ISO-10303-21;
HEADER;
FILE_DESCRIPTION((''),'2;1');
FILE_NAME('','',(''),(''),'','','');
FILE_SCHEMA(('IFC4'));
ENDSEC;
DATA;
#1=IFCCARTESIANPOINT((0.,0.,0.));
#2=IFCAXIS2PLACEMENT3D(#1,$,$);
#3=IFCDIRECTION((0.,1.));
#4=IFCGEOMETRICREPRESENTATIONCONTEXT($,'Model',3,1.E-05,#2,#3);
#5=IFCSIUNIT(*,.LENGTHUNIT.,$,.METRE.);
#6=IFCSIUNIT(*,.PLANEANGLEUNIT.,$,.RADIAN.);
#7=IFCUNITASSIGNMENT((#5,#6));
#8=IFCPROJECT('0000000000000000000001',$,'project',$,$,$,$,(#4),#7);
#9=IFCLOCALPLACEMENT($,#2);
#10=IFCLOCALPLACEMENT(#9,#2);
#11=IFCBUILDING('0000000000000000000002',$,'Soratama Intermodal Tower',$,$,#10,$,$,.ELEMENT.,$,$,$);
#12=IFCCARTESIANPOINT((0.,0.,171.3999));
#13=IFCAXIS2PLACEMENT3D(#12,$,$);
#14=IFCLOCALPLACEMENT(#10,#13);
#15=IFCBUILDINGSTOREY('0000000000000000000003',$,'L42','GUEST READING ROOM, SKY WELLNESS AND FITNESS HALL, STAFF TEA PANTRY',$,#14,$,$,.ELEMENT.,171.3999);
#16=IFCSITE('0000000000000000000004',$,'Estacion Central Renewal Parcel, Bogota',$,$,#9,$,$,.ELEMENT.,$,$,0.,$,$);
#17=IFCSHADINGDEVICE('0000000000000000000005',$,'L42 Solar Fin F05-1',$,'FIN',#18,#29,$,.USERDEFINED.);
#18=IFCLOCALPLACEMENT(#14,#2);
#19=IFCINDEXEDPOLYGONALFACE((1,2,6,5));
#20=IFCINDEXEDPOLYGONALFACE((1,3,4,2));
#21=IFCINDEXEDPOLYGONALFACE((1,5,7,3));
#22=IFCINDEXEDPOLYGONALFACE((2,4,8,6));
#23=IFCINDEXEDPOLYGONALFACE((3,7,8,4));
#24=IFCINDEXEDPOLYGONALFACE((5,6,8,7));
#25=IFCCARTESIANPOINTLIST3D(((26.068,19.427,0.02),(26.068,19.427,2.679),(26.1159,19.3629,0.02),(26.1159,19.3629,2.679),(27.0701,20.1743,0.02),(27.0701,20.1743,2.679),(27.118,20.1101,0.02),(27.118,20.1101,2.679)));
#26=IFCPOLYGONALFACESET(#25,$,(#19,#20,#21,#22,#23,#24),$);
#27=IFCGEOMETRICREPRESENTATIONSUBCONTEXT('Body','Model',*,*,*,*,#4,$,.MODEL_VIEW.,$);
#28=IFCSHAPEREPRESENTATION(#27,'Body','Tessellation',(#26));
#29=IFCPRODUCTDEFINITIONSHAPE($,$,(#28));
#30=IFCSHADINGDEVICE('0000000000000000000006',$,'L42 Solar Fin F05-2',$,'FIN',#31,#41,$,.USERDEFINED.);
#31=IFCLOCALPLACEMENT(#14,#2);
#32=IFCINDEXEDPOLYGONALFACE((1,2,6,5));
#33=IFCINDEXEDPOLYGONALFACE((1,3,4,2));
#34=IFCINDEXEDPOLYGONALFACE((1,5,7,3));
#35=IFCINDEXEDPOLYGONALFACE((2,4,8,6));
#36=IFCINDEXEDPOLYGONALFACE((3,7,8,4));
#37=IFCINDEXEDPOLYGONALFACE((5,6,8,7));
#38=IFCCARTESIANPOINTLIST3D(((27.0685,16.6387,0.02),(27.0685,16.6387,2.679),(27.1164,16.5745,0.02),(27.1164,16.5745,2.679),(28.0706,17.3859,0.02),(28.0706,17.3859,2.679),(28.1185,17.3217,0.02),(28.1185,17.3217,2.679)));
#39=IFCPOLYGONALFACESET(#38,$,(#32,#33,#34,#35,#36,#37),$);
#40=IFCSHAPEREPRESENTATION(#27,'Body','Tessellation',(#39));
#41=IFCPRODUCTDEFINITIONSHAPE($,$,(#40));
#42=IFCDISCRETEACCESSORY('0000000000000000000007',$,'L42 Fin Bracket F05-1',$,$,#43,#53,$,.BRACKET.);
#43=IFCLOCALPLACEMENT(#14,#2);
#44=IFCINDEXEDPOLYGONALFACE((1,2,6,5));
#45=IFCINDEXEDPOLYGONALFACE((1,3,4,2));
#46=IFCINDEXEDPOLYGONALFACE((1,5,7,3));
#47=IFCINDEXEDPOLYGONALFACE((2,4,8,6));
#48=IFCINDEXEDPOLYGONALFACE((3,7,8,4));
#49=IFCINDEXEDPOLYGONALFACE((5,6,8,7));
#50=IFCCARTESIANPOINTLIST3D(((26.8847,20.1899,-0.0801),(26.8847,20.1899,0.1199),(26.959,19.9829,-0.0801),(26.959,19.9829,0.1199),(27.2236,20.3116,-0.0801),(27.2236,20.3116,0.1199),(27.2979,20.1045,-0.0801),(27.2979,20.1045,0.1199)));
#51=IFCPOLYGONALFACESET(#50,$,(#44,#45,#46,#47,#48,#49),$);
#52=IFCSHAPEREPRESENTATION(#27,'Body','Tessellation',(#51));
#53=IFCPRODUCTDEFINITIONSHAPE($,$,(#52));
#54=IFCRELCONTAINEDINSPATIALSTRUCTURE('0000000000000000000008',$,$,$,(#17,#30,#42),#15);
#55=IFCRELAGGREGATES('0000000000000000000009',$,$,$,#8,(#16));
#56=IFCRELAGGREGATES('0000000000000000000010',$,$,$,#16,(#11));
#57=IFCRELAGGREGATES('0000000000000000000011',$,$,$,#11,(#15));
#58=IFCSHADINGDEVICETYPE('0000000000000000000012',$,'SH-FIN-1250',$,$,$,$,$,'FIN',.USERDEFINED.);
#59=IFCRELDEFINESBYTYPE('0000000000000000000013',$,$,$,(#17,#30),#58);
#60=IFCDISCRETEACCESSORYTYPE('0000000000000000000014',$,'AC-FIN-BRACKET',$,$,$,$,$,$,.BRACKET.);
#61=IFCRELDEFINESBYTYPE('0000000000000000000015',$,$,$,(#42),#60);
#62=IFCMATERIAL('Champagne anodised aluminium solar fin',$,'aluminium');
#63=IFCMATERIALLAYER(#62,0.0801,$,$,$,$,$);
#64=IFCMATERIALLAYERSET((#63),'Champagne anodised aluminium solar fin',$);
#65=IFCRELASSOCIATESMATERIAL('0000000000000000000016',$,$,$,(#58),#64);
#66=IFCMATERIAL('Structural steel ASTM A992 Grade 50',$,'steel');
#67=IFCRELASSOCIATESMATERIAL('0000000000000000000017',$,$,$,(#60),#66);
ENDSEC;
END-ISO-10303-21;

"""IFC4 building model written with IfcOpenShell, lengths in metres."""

from ifc_helpers import new_model, si_unit, direction, frame, origin, origin_2d, place, context, subcontext, project, spatial, rectangle, extrude, material, layer, layer_set, type_object, element, save


model = new_model("IFC4")

# Units and contexts
model_context = context("Model", 3, precision=1e-05, world=origin(), true_north=direction((0.0, 1.0)))
body_context = subcontext(model_context, "Body", "Model", "MODEL_VIEW")
ifc_project = project(units=[si_unit("LENGTHUNIT", "METRE"), si_unit("PLANEANGLEUNIT", "RADIAN")], contexts=[model_context])

# Site, building, storey
site_placement = place(None, origin())
site = spatial("IfcSite", under=ifc_project, at=site_placement, Name="Estacion Central Renewal Parcel, Bogota", CompositionType="ELEMENT", RefElevation=0.0)
building_placement = place(site_placement, origin())
building = spatial("IfcBuilding", under=site, at=building_placement, Name="Soratama Intermodal Tower", CompositionType="ELEMENT")
storey_placement = place(building_placement, frame((0.0, 0.0, 171.3999)))
storey = spatial("IfcBuildingStorey", under=building, at=storey_placement, Name="L42", Description="GUEST READING ROOM, SKY WELLNESS AND FITNESS HALL, STAFF TEA PANTRY", CompositionType="ELEMENT", Elevation=171.3999)

# Shading devices
ifc_material_1 = material(Name="Champagne anodised aluminium solar fin", Category="aluminium")
ifc_layer_1 = layer(ifc_material_1, 0.0801)
ifc_layer_set_1 = layer_set([ifc_layer_1], Name="Champagne anodised aluminium solar fin")
shading_device_type = type_object("IfcShadingDeviceType", Name="SH-FIN-1250", ElementType="FIN", PredefinedType="USERDEFINED", material=ifc_layer_set_1)
for number, where, z_axis, x_axis, name in (
    (1, (26.593, 19.7686, 0.02), (0.0, 0.0, 1.0), (-0.801671, -0.597765, 0.0), "L42 Solar Fin F05-1"),
    (2, (27.5935, 16.9802, 0.02), (0.0, 0.0, 1.0), (-0.801671, -0.597765, 0.0), "L42 Solar Fin F05-2"),
):
    element("IfcShadingDevice", number, at=place(storey_placement, frame(where, z_axis=z_axis, x_axis=x_axis)), inside=storey, type_object=shading_device_type, Name=name, ObjectType="FIN", PredefinedType="USERDEFINED", context=body_context, shape_type="SweptSolid", body=[
        extrude(rectangle(XDim=1.25, YDim=0.0801, at=origin_2d()), origin(), (0.0, 0.0, 1.0), 2.6589),
    ])

# Discrete accessory
ifc_material_2 = material(Name="Structural steel ASTM A992 Grade 50", Category="steel")
discrete_accessory_type = type_object("IfcDiscreteAccessoryType", Name="AC-FIN-BRACKET", PredefinedType="BRACKET", material=ifc_material_2)
discrete_accessory_placement = place(storey_placement, frame((27.0913, 20.1472, -0.0801), z_axis=(0.0, 0.0, 1.0), x_axis=(-0.941235, -0.337752, 0.0)))
element("IfcDiscreteAccessory", 3, at=discrete_accessory_placement, inside=storey, type_object=discrete_accessory_type, Name="L42 Fin Bracket F05-1", PredefinedType="BRACKET", context=body_context, shape_type="SweptSolid", body=[
    extrude(rectangle(XDim=0.3601, YDim=0.22, at=origin_2d()), origin(), (0.0, 0.0, 1.0), 0.2),
])

save(model, "model.ifc")
